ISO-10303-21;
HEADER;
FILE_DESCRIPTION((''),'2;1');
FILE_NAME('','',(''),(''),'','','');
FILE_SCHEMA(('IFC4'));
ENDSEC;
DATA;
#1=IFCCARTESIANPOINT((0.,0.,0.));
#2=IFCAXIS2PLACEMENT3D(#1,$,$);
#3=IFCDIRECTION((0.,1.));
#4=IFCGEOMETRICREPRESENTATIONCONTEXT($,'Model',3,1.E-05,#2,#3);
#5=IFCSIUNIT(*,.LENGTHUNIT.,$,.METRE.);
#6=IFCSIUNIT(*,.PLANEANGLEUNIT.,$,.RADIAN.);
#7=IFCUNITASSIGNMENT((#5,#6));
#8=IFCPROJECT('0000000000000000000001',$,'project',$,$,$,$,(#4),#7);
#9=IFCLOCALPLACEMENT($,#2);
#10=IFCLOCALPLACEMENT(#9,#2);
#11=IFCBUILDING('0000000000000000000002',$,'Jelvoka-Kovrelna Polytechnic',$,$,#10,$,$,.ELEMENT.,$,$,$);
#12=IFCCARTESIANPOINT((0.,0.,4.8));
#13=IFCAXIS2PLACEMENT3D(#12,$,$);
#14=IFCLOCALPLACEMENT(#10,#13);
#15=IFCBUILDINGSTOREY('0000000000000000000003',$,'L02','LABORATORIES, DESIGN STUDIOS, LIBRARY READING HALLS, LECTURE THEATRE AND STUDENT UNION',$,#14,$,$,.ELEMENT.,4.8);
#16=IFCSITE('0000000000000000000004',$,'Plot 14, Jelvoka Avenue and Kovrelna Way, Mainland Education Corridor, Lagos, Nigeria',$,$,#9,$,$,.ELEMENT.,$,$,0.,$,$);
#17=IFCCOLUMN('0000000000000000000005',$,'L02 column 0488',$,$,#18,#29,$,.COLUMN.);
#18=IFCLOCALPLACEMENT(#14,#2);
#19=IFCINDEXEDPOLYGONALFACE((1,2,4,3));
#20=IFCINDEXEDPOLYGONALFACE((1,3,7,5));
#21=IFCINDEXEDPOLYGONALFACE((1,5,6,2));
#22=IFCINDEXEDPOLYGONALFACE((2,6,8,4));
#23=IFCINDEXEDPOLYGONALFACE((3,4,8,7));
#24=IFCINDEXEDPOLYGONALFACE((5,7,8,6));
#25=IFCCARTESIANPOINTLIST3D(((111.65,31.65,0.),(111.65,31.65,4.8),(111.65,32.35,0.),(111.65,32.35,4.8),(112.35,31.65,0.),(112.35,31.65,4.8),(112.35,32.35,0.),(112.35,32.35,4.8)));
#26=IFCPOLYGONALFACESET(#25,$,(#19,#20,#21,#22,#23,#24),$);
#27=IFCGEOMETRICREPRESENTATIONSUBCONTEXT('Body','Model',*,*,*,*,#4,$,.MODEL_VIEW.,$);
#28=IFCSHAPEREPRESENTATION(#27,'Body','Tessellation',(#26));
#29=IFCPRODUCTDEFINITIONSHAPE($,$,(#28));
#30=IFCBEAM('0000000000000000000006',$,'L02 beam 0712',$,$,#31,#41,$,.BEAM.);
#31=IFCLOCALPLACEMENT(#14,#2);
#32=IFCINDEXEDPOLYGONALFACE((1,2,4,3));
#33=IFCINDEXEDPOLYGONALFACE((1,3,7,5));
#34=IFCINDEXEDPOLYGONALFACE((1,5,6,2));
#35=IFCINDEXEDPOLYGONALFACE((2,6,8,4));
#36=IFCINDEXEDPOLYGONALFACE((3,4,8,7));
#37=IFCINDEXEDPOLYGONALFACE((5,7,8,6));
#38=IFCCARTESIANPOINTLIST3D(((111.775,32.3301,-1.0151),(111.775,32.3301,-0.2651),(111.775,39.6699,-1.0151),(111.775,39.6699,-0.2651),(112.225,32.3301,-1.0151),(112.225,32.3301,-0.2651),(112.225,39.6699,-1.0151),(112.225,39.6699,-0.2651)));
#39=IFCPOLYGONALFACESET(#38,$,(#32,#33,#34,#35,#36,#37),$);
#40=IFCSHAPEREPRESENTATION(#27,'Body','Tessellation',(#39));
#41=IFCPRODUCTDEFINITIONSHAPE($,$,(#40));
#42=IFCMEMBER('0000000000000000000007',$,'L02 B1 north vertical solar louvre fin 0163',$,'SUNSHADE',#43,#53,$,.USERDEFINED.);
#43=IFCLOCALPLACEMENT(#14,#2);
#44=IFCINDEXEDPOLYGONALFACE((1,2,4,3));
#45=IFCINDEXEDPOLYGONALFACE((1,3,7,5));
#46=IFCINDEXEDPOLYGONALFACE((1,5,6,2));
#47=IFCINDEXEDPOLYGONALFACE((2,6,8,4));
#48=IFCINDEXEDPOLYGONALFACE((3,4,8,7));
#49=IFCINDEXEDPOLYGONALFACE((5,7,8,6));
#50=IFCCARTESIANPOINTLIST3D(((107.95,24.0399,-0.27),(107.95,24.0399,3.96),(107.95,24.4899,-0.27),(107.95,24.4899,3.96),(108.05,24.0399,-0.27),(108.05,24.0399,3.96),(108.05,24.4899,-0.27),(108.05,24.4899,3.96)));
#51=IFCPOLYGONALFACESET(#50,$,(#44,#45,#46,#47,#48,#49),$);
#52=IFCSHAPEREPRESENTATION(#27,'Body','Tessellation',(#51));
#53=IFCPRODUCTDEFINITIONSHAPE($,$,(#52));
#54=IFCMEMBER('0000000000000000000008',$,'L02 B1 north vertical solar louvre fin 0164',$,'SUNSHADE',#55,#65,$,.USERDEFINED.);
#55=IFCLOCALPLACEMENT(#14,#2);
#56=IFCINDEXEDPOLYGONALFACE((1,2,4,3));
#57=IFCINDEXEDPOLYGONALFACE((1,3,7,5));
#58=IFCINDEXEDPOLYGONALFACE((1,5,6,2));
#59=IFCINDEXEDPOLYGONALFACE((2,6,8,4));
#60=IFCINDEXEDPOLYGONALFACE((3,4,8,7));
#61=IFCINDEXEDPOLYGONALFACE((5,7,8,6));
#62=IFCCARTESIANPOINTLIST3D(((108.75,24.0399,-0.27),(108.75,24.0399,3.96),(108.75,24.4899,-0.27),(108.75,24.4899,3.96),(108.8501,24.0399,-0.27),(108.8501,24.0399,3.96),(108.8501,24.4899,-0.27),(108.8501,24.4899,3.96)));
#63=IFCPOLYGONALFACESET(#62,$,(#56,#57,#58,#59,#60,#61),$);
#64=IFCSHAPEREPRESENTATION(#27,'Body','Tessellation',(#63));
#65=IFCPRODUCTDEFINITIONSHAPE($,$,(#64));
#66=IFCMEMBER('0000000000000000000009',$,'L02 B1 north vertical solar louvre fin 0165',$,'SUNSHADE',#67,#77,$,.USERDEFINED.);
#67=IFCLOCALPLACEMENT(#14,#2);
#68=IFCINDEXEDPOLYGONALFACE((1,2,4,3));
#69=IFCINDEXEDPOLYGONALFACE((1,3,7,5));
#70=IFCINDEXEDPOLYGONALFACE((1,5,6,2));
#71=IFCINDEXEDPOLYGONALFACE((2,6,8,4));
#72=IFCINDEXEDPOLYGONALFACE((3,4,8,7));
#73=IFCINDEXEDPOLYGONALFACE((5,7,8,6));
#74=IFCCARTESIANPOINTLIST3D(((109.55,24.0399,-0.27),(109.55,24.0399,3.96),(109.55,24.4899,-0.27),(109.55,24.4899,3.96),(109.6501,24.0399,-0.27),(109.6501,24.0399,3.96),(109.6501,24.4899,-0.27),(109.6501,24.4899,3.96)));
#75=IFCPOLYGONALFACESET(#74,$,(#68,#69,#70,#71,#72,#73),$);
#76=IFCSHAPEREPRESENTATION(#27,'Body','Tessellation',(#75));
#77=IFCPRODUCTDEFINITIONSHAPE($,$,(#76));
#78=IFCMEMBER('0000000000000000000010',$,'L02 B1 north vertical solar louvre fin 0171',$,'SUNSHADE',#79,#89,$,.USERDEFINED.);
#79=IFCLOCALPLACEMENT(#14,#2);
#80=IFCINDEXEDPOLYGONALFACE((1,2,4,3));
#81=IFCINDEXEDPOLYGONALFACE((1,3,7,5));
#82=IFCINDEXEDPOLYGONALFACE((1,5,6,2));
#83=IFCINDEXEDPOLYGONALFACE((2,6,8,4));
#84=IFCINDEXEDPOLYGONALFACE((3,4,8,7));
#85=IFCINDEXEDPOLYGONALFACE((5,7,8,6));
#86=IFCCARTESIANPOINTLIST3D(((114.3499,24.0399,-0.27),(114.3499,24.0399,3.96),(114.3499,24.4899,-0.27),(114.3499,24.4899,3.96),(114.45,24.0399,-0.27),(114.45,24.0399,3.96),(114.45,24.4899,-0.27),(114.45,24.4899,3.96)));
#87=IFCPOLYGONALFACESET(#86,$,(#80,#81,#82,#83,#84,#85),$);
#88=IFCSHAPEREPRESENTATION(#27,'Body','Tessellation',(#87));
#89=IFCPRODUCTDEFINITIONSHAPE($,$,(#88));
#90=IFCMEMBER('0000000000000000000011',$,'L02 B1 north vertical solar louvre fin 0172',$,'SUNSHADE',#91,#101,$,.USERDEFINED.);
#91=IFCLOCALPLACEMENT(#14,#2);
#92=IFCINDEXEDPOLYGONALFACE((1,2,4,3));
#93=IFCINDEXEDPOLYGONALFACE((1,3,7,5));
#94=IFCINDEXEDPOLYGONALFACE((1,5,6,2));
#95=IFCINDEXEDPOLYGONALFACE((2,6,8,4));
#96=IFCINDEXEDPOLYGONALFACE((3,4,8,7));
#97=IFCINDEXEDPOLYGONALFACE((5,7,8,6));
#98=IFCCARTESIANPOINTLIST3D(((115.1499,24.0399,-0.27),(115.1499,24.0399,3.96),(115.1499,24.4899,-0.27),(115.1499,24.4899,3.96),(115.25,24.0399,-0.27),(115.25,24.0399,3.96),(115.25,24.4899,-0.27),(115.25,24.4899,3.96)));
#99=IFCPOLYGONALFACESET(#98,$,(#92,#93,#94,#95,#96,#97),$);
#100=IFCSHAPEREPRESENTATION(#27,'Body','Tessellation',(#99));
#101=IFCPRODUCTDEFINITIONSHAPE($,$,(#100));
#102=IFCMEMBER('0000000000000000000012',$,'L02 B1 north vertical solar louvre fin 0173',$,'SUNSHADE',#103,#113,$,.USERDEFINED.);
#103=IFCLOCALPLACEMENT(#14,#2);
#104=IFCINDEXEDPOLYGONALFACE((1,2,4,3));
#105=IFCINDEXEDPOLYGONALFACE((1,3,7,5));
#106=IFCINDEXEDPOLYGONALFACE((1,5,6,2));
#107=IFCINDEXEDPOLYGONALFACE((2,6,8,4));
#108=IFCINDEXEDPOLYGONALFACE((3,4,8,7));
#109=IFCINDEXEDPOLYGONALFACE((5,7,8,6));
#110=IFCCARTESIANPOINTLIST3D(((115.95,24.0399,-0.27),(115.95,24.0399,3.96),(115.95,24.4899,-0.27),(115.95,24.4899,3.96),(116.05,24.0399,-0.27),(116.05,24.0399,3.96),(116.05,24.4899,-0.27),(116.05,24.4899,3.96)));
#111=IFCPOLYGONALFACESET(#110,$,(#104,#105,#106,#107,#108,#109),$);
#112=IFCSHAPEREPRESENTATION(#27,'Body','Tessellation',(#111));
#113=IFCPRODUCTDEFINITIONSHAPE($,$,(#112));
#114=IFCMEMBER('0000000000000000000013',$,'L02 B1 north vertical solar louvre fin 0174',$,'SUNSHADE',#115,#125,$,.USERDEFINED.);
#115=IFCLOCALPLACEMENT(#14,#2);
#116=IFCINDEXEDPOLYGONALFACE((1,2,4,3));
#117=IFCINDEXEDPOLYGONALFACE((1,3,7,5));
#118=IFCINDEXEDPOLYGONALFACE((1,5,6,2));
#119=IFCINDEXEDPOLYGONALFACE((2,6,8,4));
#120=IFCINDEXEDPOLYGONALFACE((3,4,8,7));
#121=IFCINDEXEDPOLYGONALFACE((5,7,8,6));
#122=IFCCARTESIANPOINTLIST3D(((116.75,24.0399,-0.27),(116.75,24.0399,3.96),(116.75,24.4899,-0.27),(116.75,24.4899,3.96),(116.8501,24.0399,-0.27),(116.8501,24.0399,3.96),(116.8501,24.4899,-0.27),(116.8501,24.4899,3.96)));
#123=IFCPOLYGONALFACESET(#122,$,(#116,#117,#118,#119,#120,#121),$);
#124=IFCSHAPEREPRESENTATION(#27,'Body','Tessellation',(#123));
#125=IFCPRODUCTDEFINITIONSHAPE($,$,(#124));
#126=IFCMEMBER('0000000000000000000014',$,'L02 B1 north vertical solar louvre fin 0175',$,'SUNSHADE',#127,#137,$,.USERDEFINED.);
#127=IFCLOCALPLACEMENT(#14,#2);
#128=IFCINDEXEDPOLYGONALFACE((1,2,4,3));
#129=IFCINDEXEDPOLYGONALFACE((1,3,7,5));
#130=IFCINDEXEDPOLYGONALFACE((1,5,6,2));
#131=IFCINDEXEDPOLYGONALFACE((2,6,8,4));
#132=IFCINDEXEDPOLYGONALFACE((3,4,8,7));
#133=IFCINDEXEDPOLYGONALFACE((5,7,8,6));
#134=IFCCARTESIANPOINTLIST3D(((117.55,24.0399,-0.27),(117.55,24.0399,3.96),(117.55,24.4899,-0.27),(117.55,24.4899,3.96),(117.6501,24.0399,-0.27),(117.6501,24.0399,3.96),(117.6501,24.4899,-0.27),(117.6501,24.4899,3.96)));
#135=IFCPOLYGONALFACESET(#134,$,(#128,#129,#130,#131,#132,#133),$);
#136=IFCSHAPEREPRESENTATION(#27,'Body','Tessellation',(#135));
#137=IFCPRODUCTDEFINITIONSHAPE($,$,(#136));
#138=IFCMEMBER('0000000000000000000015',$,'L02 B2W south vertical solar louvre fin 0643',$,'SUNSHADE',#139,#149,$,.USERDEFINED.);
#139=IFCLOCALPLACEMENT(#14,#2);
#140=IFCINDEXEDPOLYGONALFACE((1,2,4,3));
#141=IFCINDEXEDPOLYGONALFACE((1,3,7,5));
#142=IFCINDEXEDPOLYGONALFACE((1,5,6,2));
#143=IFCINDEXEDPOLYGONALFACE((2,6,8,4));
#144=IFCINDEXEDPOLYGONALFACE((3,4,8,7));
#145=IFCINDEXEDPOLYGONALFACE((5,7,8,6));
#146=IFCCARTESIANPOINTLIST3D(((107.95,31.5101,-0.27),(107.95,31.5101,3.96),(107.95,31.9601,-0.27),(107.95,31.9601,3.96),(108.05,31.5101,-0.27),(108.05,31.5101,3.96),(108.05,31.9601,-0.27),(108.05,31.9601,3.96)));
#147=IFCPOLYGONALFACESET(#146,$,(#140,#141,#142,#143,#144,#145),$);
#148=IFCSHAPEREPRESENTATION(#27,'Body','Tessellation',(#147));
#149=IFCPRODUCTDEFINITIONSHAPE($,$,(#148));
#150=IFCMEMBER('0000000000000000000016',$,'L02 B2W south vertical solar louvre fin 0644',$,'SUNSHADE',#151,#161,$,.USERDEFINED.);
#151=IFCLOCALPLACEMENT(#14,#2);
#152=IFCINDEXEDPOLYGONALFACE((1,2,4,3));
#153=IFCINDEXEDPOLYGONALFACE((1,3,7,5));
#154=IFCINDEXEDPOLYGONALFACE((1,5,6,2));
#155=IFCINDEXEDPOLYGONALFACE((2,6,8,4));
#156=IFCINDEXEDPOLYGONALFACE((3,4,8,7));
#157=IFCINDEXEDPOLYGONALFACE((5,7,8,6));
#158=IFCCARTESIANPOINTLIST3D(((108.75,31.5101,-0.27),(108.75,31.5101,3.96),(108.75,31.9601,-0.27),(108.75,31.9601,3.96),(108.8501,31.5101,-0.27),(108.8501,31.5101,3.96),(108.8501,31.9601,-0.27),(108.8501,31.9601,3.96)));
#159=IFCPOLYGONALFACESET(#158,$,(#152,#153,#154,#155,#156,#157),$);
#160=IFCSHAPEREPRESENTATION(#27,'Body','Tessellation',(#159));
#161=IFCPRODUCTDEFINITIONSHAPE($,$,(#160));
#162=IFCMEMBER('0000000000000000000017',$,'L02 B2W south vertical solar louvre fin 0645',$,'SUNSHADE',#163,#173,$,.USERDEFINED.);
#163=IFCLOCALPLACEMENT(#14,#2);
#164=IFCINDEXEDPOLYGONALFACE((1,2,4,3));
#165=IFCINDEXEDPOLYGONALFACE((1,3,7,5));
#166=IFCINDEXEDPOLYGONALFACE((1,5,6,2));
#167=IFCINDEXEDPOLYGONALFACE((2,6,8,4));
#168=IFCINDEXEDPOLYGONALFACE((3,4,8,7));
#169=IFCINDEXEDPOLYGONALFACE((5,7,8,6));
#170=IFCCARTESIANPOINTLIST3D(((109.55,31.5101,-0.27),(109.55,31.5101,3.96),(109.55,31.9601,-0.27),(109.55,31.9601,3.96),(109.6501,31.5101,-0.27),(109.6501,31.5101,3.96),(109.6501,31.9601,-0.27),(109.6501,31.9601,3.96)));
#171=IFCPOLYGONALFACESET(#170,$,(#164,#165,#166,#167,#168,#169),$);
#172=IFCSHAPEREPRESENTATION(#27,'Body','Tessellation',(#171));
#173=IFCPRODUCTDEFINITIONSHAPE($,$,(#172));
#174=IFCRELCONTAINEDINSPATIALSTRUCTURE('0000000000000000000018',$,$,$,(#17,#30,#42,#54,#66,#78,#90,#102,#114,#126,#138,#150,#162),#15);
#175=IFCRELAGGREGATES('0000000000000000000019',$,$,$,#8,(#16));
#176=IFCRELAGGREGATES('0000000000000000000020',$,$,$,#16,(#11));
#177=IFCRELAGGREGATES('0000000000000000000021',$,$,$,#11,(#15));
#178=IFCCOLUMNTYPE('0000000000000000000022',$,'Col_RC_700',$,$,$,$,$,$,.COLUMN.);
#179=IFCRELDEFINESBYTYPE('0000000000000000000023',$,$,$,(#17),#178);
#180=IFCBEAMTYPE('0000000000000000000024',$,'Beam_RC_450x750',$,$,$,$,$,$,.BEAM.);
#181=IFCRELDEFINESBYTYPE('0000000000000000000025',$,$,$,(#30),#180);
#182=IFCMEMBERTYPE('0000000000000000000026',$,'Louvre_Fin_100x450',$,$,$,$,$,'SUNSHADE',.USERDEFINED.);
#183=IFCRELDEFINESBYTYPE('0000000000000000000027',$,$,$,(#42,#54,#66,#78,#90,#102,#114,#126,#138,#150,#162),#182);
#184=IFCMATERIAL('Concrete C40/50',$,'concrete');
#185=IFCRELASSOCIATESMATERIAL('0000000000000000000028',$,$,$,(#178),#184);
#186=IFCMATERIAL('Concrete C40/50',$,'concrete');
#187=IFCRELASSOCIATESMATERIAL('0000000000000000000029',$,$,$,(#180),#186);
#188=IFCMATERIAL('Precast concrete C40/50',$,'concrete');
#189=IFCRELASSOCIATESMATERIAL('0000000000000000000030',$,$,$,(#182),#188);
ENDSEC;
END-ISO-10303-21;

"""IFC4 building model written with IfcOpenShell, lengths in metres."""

from ifc_helpers import new_model, si_unit, direction, frame, origin, origin_2d, place, context, subcontext, project, spatial, rectangle, extrude, material, material_profile, profile_set, type_object, element, save


model = new_model("IFC4")

# Units and contexts
model_context = context("Model", 3, precision=1e-05, world=origin(), true_north=direction((0.0, 1.0)))
body_context = subcontext(model_context, "Body", "Model", "MODEL_VIEW")
ifc_project = project(units=[si_unit("LENGTHUNIT", "METRE"), si_unit("PLANEANGLEUNIT", "RADIAN")], contexts=[model_context])

# Site, building, storey
site_placement = place(None, origin())
site = spatial("IfcSite", under=ifc_project, at=site_placement, Name="Plot 14, Jelvoka Avenue and Kovrelna Way, Mainland Education Corridor, Lagos, Nigeria", CompositionType="ELEMENT", RefElevation=0.0)
building_placement = place(site_placement, origin())
building = spatial("IfcBuilding", under=site, at=building_placement, Name="Jelvoka-Kovrelna Polytechnic", CompositionType="ELEMENT")
storey_placement = place(building_placement, frame((0.0, 0.0, 4.8)))
storey = spatial("IfcBuildingStorey", under=building, at=storey_placement, Name="L02", Description="LABORATORIES, DESIGN STUDIOS, LIBRARY READING HALLS, LECTURE THEATRE AND STUDENT UNION", CompositionType="ELEMENT", Elevation=4.8)

# Column
ifc_material_1 = material(Name="Concrete C40/50", Category="concrete")
ifc_material_profile_1 = material_profile(ifc_material_1, rectangle(XDim=0.7, YDim=0.7, at=origin_2d()), Name="RC 700x700")
ifc_profile_set_1 = profile_set([ifc_material_profile_1], Name="Concrete C40/50")
column_type = type_object("IfcColumnType", Name="Col_RC_700", PredefinedType="COLUMN", material=ifc_profile_set_1)
column_placement = place(storey_placement, frame((112.0, 32.0, 0.0), z_axis=(0.0, 0.0, 1.0), x_axis=(1.0, 0.0, 0.0)))
element("IfcColumn", 1, at=column_placement, inside=storey, type_object=column_type, Name="L02 column 0488", PredefinedType="COLUMN", context=body_context, shape_type="SweptSolid", body=[
    extrude(rectangle(XDim=0.7, YDim=0.7, at=origin_2d()), origin(), (0.0, 0.0, 1.0), 4.8),
])

# Beam
ifc_material_2 = material(Name="Concrete C40/50", Category="concrete")
ifc_material_profile_2 = material_profile(ifc_material_2, rectangle(XDim=0.45, YDim=0.75, at=origin_2d()), Name="RC 450x750")
ifc_profile_set_2 = profile_set([ifc_material_profile_2], Name="Concrete C40/50")
beam_type = type_object("IfcBeamType", Name="Beam_RC_450x750", PredefinedType="BEAM", material=ifc_profile_set_2)
beam_placement = place(storey_placement, frame((112.0, 32.3301, -0.6401), z_axis=(0.0, 1.0, 0.0), x_axis=(-1.0, 0.0, 0.0)))
element("IfcBeam", 2, at=beam_placement, inside=storey, type_object=beam_type, Name="L02 beam 0712", PredefinedType="BEAM", context=body_context, shape_type="SweptSolid", body=[
    extrude(rectangle(XDim=0.45, YDim=0.75, at=origin_2d()), origin(), (0.0, 0.0, 1.0), 7.3398),
])

# Members
ifc_material_3 = material(Name="Precast concrete C40/50", Category="concrete")
ifc_material_profile_3 = material_profile(ifc_material_3, rectangle(XDim=0.1001, YDim=0.45, at=origin_2d()), Name="PC 100x450")
ifc_profile_set_3 = profile_set([ifc_material_profile_3], Name="Precast concrete C40/50")
member_type_1 = type_object("IfcMemberType", Name="Louvre_Fin_100x450", ElementType="SUNSHADE", PredefinedType="USERDEFINED", material=ifc_profile_set_3)
for number, where, z_axis, x_axis, name in (
    (3, (108.0, 24.2649, -0.27), (0.0, 0.0, 1.0), (1.0, 0.0, 0.0), "L02 B1 north vertical solar louvre fin 0163"),
    (4, (108.8, 24.2649, -0.27), (0.0, 0.0, 1.0), (1.0, 0.0, 0.0), "L02 B1 north vertical solar louvre fin 0164"),
    (5, (109.6001, 24.2649, -0.27), (0.0, 0.0, 1.0), (1.0, 0.0, 0.0), "L02 B1 north vertical solar louvre fin 0165"),
    (6, (114.3999, 24.2649, -0.27), (0.0, 0.0, 1.0), (1.0, 0.0, 0.0), "L02 B1 north vertical solar louvre fin 0171"),
    (7, (115.2, 24.2649, -0.27), (0.0, 0.0, 1.0), (1.0, 0.0, 0.0), "L02 B1 north vertical solar louvre fin 0172"),
    (8, (116.0, 24.2649, -0.27), (0.0, 0.0, 1.0), (1.0, 0.0, 0.0), "L02 B1 north vertical solar louvre fin 0173"),
    (9, (116.8, 24.2649, -0.27), (0.0, 0.0, 1.0), (1.0, 0.0, 0.0), "L02 B1 north vertical solar louvre fin 0174"),
    (10, (117.6001, 24.2649, -0.27), (0.0, 0.0, 1.0), (1.0, 0.0, 0.0), "L02 B1 north vertical solar louvre fin 0175"),
    (11, (108.0, 31.7351, -0.27), (0.0, 0.0, 1.0), (1.0, 0.0, 0.0), "L02 B2W south vertical solar louvre fin 0643"),
    (12, (108.8, 31.7351, -0.27), (0.0, 0.0, 1.0), (1.0, 0.0, 0.0), "L02 B2W south vertical solar louvre fin 0644"),
    (13, (109.6001, 31.7351, -0.27), (0.0, 0.0, 1.0), (1.0, 0.0, 0.0), "L02 B2W south vertical solar louvre fin 0645"),
):
    element("IfcMember", number, at=place(storey_placement, frame(where, z_axis=z_axis, x_axis=x_axis)), inside=storey, type_object=member_type_1, Name=name, ObjectType="SUNSHADE", PredefinedType="USERDEFINED", context=body_context, shape_type="SweptSolid", body=[
        extrude(rectangle(XDim=0.1001, YDim=0.45, at=origin_2d()), origin(), (0.0, 0.0, 1.0), 4.23),
    ])

save(model, "model.ifc")
